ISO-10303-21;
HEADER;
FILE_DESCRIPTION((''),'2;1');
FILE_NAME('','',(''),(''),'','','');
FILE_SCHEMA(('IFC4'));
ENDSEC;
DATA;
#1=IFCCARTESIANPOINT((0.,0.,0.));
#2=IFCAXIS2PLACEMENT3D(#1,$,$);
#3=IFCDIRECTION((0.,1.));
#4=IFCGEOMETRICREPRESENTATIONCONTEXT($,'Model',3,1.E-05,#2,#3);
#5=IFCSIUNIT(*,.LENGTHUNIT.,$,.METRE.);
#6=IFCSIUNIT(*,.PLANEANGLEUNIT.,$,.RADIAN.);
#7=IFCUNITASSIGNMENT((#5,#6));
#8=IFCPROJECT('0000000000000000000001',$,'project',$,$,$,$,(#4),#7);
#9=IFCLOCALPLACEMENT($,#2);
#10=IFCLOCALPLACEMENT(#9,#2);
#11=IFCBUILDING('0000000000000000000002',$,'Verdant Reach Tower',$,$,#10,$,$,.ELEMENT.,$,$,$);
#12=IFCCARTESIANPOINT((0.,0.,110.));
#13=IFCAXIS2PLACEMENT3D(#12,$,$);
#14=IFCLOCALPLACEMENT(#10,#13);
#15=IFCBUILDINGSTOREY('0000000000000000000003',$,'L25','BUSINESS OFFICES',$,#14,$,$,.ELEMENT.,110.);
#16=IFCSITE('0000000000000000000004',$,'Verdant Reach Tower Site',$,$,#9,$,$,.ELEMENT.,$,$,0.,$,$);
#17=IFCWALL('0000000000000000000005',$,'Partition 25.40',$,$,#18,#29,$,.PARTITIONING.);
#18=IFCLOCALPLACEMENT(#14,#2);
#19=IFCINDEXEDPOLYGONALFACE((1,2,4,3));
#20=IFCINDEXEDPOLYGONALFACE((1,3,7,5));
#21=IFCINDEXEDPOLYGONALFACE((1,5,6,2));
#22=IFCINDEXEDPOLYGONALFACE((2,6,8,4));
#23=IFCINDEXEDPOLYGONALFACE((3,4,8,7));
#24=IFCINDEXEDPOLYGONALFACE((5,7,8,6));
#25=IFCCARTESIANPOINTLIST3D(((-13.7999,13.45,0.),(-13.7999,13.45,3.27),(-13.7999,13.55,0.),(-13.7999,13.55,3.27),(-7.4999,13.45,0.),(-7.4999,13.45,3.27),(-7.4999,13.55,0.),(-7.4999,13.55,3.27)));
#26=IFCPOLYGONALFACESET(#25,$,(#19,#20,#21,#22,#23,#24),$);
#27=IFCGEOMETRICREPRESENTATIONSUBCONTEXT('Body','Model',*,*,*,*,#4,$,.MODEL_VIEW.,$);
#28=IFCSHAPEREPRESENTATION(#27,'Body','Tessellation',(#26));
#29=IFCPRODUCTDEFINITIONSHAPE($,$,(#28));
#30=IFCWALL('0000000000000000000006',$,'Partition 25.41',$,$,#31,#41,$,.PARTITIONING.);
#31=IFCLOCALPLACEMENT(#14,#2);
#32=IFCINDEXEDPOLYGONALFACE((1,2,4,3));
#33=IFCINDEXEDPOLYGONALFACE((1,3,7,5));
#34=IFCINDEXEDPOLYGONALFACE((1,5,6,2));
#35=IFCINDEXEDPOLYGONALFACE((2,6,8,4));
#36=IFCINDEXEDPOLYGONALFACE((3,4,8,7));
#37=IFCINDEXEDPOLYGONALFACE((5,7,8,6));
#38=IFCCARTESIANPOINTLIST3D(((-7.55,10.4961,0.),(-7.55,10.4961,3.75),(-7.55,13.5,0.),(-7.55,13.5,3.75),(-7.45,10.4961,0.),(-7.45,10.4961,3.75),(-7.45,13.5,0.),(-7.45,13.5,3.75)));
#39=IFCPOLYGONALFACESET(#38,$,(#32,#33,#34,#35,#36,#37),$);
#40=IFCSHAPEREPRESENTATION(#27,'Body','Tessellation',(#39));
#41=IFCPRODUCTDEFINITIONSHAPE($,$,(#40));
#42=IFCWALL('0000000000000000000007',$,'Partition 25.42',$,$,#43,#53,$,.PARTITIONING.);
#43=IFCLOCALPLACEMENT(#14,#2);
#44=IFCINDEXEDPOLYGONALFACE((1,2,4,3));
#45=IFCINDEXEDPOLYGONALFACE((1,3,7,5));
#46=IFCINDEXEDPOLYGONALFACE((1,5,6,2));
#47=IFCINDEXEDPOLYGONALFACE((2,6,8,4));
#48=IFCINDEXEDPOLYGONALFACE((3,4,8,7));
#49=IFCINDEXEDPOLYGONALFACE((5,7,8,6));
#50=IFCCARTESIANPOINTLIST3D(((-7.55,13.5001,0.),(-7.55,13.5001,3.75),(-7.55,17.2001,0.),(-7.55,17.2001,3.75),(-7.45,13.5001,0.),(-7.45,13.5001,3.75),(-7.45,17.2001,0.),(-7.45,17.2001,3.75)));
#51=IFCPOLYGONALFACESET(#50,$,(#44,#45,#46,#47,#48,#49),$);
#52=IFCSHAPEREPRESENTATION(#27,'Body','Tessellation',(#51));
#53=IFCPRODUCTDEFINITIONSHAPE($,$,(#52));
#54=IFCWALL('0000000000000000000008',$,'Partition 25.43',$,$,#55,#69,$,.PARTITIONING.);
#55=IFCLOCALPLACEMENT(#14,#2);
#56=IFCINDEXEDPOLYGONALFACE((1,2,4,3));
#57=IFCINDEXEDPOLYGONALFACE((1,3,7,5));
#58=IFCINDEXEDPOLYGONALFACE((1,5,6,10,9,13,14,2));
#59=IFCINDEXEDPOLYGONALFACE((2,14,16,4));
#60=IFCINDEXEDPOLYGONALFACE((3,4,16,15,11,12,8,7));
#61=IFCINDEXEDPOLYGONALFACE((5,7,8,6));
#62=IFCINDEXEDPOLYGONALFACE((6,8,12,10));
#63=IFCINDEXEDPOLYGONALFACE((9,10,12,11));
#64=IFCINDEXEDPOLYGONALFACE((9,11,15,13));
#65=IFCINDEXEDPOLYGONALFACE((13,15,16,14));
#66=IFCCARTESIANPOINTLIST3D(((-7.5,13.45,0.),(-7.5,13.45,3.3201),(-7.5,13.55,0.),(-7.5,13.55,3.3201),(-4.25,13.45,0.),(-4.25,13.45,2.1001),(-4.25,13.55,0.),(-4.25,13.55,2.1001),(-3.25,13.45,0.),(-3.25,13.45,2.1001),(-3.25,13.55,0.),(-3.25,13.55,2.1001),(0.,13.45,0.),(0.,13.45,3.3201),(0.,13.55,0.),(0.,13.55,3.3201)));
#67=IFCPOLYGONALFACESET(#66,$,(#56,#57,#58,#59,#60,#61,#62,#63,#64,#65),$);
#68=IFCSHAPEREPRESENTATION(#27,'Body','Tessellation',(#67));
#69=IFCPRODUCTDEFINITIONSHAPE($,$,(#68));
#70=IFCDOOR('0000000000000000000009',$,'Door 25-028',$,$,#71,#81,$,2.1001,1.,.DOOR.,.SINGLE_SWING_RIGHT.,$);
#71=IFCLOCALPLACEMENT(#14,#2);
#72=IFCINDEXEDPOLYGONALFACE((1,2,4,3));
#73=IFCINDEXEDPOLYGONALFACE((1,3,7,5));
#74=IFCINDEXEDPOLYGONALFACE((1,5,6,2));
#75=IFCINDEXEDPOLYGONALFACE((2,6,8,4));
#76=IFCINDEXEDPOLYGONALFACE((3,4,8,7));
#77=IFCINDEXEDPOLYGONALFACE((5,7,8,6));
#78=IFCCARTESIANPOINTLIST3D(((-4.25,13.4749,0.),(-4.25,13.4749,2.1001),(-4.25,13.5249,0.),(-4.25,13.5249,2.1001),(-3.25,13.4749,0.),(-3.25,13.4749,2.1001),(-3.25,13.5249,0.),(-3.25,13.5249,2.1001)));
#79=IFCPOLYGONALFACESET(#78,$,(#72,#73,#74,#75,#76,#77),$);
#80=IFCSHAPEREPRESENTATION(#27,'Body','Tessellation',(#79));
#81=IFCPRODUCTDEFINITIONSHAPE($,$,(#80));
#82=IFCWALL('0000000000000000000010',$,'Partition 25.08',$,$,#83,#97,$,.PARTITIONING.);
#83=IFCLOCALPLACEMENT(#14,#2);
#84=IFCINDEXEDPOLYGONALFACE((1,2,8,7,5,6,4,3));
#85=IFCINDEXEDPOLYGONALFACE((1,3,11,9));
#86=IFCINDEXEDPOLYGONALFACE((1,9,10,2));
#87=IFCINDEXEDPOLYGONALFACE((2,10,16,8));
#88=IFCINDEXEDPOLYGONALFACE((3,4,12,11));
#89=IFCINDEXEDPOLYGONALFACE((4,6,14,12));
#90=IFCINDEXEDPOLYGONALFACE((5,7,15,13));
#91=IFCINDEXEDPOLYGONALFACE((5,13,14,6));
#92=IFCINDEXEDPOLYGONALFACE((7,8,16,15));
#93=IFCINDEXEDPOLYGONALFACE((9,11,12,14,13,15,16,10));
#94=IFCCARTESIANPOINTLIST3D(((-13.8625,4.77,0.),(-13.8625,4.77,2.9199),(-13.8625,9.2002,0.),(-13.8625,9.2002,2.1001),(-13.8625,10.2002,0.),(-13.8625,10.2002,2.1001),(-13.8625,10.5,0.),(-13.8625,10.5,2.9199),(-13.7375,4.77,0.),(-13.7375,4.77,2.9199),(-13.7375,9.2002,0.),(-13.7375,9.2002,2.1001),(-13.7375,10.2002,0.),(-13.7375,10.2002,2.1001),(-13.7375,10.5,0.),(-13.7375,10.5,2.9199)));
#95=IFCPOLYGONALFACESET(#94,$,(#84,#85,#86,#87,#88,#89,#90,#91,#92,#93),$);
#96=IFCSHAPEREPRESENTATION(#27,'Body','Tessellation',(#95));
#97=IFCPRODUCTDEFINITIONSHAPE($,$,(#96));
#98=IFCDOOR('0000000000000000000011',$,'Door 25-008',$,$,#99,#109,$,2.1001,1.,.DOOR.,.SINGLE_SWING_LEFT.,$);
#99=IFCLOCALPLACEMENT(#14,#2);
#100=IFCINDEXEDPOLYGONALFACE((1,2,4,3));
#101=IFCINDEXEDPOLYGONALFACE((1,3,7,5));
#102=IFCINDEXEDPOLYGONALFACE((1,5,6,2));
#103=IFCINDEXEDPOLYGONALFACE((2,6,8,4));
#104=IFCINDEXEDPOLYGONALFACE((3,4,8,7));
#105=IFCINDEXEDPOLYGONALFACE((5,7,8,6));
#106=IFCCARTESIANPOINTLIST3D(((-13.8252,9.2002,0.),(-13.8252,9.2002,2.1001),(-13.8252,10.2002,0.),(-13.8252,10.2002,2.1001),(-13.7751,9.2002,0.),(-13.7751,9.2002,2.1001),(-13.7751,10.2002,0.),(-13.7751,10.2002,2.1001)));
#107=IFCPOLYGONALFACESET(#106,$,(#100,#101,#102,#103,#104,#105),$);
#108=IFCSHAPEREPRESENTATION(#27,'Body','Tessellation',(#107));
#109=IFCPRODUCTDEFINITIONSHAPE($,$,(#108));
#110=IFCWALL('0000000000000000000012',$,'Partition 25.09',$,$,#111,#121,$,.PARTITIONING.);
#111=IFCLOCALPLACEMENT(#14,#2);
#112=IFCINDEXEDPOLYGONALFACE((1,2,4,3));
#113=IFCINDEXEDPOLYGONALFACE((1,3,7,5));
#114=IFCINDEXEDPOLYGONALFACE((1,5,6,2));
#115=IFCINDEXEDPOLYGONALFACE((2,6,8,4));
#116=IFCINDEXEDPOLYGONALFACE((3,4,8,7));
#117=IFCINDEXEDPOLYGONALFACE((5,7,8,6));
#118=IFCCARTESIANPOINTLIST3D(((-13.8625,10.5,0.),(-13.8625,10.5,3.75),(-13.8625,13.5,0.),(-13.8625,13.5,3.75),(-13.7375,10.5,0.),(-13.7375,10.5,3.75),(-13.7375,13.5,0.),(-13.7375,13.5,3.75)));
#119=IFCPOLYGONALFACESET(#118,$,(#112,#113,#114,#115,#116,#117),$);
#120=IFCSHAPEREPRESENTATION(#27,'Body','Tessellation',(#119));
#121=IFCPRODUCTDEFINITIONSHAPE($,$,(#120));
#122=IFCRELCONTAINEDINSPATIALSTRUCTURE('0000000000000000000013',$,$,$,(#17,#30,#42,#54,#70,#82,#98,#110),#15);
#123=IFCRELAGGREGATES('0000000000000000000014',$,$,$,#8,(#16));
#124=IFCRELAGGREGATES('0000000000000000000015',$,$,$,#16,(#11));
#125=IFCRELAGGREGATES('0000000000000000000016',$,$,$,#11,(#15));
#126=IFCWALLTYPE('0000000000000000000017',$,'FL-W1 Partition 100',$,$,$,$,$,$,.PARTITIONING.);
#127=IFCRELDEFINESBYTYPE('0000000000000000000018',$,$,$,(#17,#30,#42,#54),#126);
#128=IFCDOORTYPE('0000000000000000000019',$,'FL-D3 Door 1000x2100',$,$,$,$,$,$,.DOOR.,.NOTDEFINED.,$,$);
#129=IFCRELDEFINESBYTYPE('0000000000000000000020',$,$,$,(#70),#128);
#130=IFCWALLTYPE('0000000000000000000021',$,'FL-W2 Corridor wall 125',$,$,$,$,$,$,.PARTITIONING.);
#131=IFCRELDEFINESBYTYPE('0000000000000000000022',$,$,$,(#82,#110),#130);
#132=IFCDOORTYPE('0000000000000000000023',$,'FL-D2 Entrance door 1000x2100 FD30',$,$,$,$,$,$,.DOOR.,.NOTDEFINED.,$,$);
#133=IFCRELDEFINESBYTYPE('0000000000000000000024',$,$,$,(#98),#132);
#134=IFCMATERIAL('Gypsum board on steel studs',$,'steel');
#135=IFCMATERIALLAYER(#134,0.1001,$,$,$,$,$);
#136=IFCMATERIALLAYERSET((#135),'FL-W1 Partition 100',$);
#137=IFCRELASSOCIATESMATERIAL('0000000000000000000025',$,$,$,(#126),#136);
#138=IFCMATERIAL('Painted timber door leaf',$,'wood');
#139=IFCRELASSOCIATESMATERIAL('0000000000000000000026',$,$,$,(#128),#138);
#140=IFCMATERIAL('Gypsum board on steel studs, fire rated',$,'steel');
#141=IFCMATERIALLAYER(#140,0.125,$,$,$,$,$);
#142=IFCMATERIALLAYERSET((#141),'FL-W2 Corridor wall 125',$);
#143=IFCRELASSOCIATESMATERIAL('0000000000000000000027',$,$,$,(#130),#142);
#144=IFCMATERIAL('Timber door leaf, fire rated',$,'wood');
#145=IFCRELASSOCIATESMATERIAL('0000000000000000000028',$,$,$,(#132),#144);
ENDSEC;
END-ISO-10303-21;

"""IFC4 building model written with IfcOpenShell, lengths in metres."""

from ifc_helpers import new_model, si_unit, direction, frame, frame_2d, origin, place, context, subcontext, project, spatial, rectangle, extrude, material, layer, layer_set, type_object, element, fill, save


model = new_model("IFC4")

# Units and contexts
model_context = context("Model", 3, precision=1e-05, world=origin(), true_north=direction((0.0, 1.0)))
body_context = subcontext(model_context, "Body", "Model", "MODEL_VIEW")
ifc_project = project(units=[si_unit("LENGTHUNIT", "METRE"), si_unit("PLANEANGLEUNIT", "RADIAN")], contexts=[model_context])

# Site, building, storey
site_placement = place(None, origin())
site = spatial("IfcSite", under=ifc_project, at=site_placement, Name="Verdant Reach Tower Site", CompositionType="ELEMENT", RefElevation=0.0)
building_placement = place(site_placement, origin())
building = spatial("IfcBuilding", under=site, at=building_placement, Name="Verdant Reach Tower", CompositionType="ELEMENT")
storey_placement = place(building_placement, frame((0.0, 0.0, 110.0)))
storey = spatial("IfcBuildingStorey", under=building, at=storey_placement, Name="L25", Description="BUSINESS OFFICES", CompositionType="ELEMENT", Elevation=110.0)

# Shared definitions
ifc_material_1 = material(Name="Gypsum board on steel studs", Category="steel")
ifc_layer_1 = layer(ifc_material_1, 0.1001)
ifc_layer_set_1 = layer_set([ifc_layer_1], Name="FL-W1 Partition 100")
wall_type_1 = type_object("IfcWallType", Name="FL-W1 Partition 100", PredefinedType="PARTITIONING", material=ifc_layer_set_1)
ifc_material_2 = material(Name="Painted timber door leaf", Category="wood")
door_type_1 = type_object("IfcDoorType", Name="FL-D3 Door 1000x2100", OperationType="NOTDEFINED", PredefinedType="DOOR", material=ifc_material_2)

# Walls
wall_1_placement = place(storey_placement, frame((-7.5, 13.5, 0.0), z_axis=(0.0, 0.0, 1.0), x_axis=(-1.0, 0.0, 0.0)))
element("IfcWall", 1, at=wall_1_placement, inside=storey, type_object=wall_type_1, Name="Partition 25.40", PredefinedType="PARTITIONING", context=body_context, shape_type="SweptSolid", body=[
    extrude(rectangle(XDim=6.3, YDim=0.1001, at=frame_2d((3.1499, 0.0))), origin(), (0.0, 0.0, 1.0), 3.27),
])
wall_2_placement = place(storey_placement, frame((-7.5, 10.4961, 0.0), z_axis=(0.0, 0.0, 1.0), x_axis=(0.0, 1.0, 0.0)))
element("IfcWall", 2, at=wall_2_placement, inside=storey, type_object=wall_type_1, Name="Partition 25.41", PredefinedType="PARTITIONING", context=body_context, shape_type="SweptSolid", body=[
    extrude(rectangle(XDim=3.0039, YDim=0.1001, at=frame_2d((1.502, 0.0))), origin(), (0.0, 0.0, 1.0), 3.75),
])
wall_3_placement = place(storey_placement, frame((-7.5, 13.5, 0.0), z_axis=(0.0, 0.0, 1.0), x_axis=(0.0, 1.0, 0.0)))
element("IfcWall", 3, at=wall_3_placement, inside=storey, type_object=wall_type_1, Name="Partition 25.42", PredefinedType="PARTITIONING", context=body_context, shape_type="SweptSolid", body=[
    extrude(rectangle(XDim=3.7, YDim=0.1001, at=frame_2d((1.8501, 0.0))), origin(), (0.0, 0.0, 1.0), 3.75),
])

# Walls, openings, doors
wall_4_placement = place(storey_placement, frame((-7.5, 13.5, 0.0), z_axis=(0.0, 0.0, 1.0), x_axis=(1.0, 0.0, 0.0)))
wall_4 = element("IfcWall", 4, at=wall_4_placement, inside=storey, type_object=wall_type_1, Name="Partition 25.43", PredefinedType="PARTITIONING", context=body_context, shape_type="SweptSolid", body=[
    extrude(rectangle(XDim=7.5, YDim=0.1001, at=frame_2d((3.75, 0.0))), origin(), (0.0, 0.0, 1.0), 3.3201),
])
opening_1_placement = place(wall_4_placement, frame((3.25, 0.0, 0.0)))
opening_1 = element("IfcOpeningElement", 5, at=opening_1_placement, cuts=wall_4, PredefinedType="OPENING", context=body_context, shape_type="SweptSolid", body=[
    extrude(rectangle(XDim=1.0, YDim=2.1001, at=frame_2d((0.5, 1.05))), frame((0.0, 0.0601, 0.0), z_axis=(0.0, -1.0, 0.0), x_axis=(1.0, 0.0, 0.0)), (0.0, 0.0, 1.0), 0.1201),
])
door_1_placement = place(opening_1_placement, origin())
door_1 = element("IfcDoor", 6, at=door_1_placement, inside=storey, type_object=door_type_1, Name="Door 25-028", OperationType="SINGLE_SWING_RIGHT", OverallHeight=2.1001, OverallWidth=1.0, PredefinedType="DOOR", context=body_context, shape_type="SweptSolid", body=[
    extrude(rectangle(XDim=1.0, YDim=2.1001, at=frame_2d((0.5, 1.05))), frame((0.0, 0.0249, 0.0), z_axis=(0.0, -1.0, 0.0), x_axis=(1.0, 0.0, 0.0)), (0.0, 0.0, 1.0), 0.05),
])
fill(opening_1, door_1)
ifc_material_3 = material(Name="Gypsum board on steel studs, fire rated", Category="steel")
ifc_layer_2 = layer(ifc_material_3, 0.125)
ifc_layer_set_2 = layer_set([ifc_layer_2], Name="FL-W2 Corridor wall 125")
wall_type_2 = type_object("IfcWallType", Name="FL-W2 Corridor wall 125", PredefinedType="PARTITIONING", material=ifc_layer_set_2)
wall_5_placement = place(storey_placement, frame((-13.8, 10.5, 0.0), z_axis=(0.0, 0.0, 1.0), x_axis=(0.0, -1.0, 0.0)))
wall_5 = element("IfcWall", 7, at=wall_5_placement, inside=storey, type_object=wall_type_2, Name="Partition 25.08", PredefinedType="PARTITIONING", context=body_context, shape_type="SweptSolid", body=[
    extrude(rectangle(XDim=5.73, YDim=0.125, at=frame_2d((2.865, 0.0))), origin(), (0.0, 0.0, 1.0), 2.9199),
])
opening_2_placement = place(wall_5_placement, frame((0.2998, 0.0, 0.0)))
opening_2 = element("IfcOpeningElement", 8, at=opening_2_placement, cuts=wall_5, PredefinedType="OPENING", context=body_context, shape_type="SweptSolid", body=[
    extrude(rectangle(XDim=1.0, YDim=2.1001, at=frame_2d((0.5, 1.05))), frame((0.0, 0.0725, 0.0), z_axis=(0.0, -1.0, 0.0), x_axis=(1.0, 0.0, 0.0)), (0.0, 0.0, 1.0), 0.145),
])
ifc_material_4 = material(Name="Timber door leaf, fire rated", Category="wood")
door_type_2 = type_object("IfcDoorType", Name="FL-D2 Entrance door 1000x2100 FD30", OperationType="NOTDEFINED", PredefinedType="DOOR", material=ifc_material_4)
door_2_placement = place(opening_2_placement, origin())
door_2 = element("IfcDoor", 9, at=door_2_placement, inside=storey, type_object=door_type_2, Name="Door 25-008", OperationType="SINGLE_SWING_LEFT", OverallHeight=2.1001, OverallWidth=1.0, PredefinedType="DOOR", context=body_context, shape_type="SweptSolid", body=[
    extrude(rectangle(XDim=1.0, YDim=2.1001, at=frame_2d((0.5, 1.05))), frame((0.0, 0.0249, 0.0), z_axis=(0.0, -1.0, 0.0), x_axis=(1.0, 0.0, 0.0)), (0.0, 0.0, 1.0), 0.05),
])
fill(opening_2, door_2)

# Wall
wall_6_placement = place(storey_placement, frame((-13.8, 10.5, 0.0), z_axis=(0.0, 0.0, 1.0), x_axis=(0.0, 1.0, 0.0)))
element("IfcWall", 10, at=wall_6_placement, inside=storey, type_object=wall_type_2, Name="Partition 25.09", PredefinedType="PARTITIONING", context=body_context, shape_type="SweptSolid", body=[
    extrude(rectangle(XDim=3.0, YDim=0.125, at=frame_2d((1.5, 0.0))), origin(), (0.0, 0.0, 1.0), 3.75),
])

save(model, "model.ifc")
